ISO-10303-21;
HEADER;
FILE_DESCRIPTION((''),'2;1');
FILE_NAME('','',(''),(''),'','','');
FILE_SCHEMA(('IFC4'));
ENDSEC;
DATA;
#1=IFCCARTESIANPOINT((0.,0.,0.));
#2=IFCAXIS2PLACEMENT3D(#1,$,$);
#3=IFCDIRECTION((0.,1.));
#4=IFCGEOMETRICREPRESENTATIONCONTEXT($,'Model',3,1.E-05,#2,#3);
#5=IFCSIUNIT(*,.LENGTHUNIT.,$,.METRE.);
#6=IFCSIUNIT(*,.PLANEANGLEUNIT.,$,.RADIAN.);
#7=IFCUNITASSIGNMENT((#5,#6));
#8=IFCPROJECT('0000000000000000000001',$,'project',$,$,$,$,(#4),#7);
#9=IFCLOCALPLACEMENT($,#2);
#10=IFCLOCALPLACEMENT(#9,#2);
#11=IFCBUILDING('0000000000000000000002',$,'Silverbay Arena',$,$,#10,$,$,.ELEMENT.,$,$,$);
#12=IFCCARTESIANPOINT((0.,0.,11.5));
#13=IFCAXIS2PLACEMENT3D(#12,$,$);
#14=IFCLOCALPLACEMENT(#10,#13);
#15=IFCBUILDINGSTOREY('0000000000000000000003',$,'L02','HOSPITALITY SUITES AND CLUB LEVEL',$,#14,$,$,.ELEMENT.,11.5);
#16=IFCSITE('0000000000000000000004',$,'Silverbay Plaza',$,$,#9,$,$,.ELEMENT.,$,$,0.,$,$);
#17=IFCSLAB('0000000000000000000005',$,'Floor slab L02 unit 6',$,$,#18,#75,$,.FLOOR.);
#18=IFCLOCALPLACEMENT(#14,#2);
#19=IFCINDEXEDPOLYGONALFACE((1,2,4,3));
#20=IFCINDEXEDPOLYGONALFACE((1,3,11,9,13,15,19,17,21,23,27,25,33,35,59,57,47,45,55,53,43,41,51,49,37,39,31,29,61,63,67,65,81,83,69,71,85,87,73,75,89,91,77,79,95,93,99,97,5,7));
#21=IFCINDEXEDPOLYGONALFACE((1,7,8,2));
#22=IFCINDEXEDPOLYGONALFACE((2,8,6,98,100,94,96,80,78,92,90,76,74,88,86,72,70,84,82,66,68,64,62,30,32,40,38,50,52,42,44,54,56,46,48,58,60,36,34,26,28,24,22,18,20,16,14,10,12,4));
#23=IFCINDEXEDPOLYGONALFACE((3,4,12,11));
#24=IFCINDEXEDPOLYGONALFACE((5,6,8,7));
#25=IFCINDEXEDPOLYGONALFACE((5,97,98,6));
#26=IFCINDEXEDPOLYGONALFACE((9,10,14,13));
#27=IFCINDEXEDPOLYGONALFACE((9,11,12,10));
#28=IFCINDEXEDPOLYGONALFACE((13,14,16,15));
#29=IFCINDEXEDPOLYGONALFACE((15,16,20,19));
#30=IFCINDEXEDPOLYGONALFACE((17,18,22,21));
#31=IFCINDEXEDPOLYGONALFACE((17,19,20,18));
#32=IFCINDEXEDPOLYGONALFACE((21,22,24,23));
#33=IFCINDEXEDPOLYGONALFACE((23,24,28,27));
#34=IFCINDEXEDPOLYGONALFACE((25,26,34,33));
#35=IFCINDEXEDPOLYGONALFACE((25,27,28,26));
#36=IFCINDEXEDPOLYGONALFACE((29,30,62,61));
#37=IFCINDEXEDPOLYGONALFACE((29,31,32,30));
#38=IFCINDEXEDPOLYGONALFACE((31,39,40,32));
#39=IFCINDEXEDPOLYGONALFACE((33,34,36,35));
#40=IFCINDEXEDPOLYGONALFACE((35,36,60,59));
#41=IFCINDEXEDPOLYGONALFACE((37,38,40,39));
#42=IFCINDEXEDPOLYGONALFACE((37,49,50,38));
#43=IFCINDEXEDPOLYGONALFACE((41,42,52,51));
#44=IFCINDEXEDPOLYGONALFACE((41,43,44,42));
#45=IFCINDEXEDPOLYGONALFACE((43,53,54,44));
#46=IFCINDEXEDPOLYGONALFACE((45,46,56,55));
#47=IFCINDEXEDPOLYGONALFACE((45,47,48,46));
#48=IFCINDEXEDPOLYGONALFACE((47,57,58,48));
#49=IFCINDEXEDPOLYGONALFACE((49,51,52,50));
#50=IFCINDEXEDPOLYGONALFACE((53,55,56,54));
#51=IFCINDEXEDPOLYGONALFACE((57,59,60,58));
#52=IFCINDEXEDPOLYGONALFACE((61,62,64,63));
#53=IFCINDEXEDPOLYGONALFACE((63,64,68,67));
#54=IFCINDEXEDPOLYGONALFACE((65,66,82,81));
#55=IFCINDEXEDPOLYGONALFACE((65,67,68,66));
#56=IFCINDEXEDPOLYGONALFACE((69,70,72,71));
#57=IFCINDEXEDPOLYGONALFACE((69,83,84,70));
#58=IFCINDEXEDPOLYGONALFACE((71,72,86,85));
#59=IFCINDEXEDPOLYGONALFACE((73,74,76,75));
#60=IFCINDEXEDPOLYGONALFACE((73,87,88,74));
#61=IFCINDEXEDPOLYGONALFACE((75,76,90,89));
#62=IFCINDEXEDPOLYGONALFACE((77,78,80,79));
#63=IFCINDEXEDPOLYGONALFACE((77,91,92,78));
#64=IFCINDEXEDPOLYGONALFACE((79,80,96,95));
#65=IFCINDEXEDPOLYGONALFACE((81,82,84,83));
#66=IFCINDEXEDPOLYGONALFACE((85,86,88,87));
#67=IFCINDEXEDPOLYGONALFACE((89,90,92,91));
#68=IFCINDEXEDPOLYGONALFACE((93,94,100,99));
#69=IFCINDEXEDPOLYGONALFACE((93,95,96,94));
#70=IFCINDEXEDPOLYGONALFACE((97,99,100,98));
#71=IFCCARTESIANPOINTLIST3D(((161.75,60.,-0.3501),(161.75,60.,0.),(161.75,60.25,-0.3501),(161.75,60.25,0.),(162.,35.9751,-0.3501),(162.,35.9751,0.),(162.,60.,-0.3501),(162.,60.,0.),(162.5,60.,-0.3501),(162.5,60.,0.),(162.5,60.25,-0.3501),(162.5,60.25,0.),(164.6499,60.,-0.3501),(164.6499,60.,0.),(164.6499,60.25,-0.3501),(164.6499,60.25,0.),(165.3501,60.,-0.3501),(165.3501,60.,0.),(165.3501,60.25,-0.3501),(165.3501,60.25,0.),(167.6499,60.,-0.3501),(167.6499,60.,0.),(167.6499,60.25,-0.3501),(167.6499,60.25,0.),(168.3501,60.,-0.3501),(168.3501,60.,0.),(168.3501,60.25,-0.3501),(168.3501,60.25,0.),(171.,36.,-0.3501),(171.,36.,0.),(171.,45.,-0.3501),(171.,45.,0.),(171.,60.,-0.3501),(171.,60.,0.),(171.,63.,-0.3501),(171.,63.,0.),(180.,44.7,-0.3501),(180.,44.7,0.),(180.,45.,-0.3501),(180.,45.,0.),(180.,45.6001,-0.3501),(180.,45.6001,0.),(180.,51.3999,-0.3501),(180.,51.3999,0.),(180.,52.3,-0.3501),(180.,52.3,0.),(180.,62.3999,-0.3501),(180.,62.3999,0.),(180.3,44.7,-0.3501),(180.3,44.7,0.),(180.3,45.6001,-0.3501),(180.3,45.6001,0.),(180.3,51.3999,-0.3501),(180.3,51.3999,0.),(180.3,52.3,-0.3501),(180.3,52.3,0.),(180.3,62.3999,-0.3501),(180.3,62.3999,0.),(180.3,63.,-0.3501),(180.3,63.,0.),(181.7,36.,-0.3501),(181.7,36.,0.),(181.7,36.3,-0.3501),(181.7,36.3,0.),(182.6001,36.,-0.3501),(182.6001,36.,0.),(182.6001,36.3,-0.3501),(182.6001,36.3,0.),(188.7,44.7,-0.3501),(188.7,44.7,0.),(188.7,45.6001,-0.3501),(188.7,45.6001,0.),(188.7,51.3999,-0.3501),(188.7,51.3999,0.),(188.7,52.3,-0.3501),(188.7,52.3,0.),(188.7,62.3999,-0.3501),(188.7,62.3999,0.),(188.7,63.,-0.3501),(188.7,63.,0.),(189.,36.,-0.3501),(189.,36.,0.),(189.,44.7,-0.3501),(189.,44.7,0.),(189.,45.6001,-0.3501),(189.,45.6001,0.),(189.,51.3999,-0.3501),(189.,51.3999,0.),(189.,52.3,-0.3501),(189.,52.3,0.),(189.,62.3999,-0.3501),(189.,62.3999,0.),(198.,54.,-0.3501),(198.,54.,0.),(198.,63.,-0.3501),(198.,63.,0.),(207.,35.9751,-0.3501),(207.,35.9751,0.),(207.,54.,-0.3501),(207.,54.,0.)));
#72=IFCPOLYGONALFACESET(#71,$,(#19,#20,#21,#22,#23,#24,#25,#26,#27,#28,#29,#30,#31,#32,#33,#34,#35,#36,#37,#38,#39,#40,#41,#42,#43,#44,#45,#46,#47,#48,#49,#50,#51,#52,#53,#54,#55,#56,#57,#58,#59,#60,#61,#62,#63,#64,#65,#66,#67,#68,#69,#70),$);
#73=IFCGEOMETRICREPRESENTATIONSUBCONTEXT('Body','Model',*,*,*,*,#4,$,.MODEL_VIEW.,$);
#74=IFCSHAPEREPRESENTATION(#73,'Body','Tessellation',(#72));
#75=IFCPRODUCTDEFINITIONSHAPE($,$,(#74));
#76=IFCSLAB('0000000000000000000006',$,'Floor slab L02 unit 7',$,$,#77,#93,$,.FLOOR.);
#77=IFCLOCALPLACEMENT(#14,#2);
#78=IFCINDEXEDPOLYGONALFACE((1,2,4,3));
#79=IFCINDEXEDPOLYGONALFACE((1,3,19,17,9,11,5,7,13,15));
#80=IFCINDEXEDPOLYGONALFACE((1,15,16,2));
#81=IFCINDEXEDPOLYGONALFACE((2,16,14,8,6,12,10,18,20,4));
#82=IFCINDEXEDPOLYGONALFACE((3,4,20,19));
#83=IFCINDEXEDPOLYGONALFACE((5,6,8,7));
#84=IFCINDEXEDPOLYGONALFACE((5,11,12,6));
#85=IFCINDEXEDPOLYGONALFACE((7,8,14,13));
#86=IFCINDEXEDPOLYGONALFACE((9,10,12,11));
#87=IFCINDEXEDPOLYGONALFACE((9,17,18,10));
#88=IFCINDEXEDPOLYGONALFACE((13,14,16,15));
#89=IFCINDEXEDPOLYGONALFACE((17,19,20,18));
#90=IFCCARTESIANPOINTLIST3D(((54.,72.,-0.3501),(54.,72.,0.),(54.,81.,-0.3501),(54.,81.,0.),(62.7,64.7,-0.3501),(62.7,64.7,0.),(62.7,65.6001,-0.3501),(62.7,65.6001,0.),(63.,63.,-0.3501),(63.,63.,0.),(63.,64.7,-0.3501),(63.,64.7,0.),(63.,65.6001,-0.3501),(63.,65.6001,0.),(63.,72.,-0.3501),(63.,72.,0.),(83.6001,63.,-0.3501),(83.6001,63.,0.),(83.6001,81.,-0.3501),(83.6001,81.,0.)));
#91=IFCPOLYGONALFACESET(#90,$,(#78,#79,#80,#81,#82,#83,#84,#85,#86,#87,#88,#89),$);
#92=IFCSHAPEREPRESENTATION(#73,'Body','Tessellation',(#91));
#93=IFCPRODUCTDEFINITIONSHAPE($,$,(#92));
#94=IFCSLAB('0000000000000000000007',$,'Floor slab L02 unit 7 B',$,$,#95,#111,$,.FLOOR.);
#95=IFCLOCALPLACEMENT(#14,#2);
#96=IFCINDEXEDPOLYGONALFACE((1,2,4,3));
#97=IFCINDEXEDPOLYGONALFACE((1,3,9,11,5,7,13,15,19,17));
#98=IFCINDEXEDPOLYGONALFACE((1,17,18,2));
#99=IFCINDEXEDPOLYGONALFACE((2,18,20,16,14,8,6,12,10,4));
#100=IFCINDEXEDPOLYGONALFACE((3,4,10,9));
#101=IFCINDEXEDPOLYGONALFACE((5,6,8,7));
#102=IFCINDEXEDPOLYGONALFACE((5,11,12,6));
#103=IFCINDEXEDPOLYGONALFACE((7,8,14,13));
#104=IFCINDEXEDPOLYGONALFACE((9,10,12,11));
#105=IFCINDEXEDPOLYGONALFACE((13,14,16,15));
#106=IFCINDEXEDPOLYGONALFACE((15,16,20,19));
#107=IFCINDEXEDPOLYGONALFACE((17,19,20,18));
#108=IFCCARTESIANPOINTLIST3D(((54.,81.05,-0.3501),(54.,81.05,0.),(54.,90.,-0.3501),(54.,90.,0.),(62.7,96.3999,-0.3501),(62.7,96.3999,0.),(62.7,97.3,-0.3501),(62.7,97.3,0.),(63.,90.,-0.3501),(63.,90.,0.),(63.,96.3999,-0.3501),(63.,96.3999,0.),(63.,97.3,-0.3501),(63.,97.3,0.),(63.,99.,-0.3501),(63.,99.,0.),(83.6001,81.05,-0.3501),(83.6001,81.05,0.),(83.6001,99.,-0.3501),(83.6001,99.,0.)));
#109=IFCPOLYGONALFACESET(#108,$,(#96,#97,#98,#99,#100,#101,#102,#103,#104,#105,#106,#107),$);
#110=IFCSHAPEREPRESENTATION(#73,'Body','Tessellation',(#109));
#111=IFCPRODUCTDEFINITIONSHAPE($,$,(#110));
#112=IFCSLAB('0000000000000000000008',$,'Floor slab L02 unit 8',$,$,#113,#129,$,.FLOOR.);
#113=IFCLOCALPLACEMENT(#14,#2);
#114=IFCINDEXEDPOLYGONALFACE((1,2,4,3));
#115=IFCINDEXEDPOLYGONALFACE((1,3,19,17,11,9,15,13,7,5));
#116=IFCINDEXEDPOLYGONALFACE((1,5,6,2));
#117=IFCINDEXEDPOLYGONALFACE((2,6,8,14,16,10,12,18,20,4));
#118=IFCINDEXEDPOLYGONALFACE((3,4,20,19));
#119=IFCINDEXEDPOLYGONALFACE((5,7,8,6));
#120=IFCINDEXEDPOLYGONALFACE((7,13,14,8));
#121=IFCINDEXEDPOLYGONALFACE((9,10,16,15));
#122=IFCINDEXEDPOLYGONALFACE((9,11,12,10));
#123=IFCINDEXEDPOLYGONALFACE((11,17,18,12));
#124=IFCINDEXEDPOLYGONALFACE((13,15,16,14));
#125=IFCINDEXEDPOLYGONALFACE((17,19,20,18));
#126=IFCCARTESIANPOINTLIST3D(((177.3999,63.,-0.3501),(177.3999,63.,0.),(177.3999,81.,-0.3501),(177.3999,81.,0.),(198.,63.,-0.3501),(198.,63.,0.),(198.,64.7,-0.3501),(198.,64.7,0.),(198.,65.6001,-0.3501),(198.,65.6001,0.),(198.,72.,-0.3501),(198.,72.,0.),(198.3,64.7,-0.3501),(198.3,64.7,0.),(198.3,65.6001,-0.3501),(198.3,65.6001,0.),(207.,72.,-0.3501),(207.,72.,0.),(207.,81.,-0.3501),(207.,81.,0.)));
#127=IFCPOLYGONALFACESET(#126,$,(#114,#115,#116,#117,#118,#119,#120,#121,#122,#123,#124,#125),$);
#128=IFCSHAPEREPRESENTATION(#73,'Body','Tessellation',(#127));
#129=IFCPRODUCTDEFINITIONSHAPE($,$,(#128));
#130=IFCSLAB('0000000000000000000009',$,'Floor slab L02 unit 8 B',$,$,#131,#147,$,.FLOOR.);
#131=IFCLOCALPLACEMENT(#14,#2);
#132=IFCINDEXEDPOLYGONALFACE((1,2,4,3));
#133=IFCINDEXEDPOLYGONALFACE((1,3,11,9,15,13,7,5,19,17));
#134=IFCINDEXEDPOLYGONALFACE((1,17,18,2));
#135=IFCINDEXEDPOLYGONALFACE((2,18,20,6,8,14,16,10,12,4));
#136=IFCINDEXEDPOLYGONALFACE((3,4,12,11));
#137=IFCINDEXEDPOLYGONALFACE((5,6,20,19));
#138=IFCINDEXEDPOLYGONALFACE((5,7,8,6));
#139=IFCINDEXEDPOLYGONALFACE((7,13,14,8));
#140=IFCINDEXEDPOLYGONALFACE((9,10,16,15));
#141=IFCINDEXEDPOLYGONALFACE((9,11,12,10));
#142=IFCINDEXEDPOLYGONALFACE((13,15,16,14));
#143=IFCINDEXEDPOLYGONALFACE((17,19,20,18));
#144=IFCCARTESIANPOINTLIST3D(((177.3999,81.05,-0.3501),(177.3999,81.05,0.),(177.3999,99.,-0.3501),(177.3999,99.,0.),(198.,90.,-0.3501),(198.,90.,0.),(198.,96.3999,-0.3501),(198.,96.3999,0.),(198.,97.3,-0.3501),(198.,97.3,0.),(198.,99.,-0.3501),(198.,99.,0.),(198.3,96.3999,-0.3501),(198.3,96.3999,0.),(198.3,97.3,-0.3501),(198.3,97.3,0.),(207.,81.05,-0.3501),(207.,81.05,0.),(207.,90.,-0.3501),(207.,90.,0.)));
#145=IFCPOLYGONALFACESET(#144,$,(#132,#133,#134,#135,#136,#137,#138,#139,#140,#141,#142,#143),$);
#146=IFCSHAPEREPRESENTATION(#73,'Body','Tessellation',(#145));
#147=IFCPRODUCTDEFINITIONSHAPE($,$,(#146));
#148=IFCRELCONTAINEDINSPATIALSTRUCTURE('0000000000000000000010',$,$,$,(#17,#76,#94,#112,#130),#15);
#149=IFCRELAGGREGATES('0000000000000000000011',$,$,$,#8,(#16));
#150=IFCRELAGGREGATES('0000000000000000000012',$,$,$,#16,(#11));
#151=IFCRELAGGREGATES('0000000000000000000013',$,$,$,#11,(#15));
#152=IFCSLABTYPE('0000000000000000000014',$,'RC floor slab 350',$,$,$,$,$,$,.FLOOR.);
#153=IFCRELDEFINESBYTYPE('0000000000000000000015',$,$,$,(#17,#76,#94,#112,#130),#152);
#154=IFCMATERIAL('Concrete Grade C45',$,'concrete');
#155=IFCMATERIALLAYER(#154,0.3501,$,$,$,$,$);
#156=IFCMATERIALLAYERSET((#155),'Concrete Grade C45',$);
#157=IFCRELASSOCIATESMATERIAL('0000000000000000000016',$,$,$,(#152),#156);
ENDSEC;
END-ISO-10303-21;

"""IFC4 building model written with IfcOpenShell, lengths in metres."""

from ifc_helpers import new_model, si_unit, direction, frame, origin, place, context, subcontext, project, spatial, polyline, outline, extrude, material, layer, layer_set, type_object, element, save


model = new_model("IFC4")

# Units and contexts
model_context = context("Model", 3, precision=1e-05, world=origin(), true_north=direction((0.0, 1.0)))
body_context = subcontext(model_context, "Body", "Model", "MODEL_VIEW")
ifc_project = project(units=[si_unit("LENGTHUNIT", "METRE"), si_unit("PLANEANGLEUNIT", "RADIAN")], contexts=[model_context])

# Site, building, storey
site_placement = place(None, origin())
site = spatial("IfcSite", under=ifc_project, at=site_placement, Name="Silverbay Plaza", CompositionType="ELEMENT", RefElevation=0.0)
building_placement = place(site_placement, origin())
building = spatial("IfcBuilding", under=site, at=building_placement, Name="Silverbay Arena", CompositionType="ELEMENT")
storey_placement = place(building_placement, frame((0.0, 0.0, 11.5)))
storey = spatial("IfcBuildingStorey", under=building, at=storey_placement, Name="L02", Description="HOSPITALITY SUITES AND CLUB LEVEL", CompositionType="ELEMENT", Elevation=11.5)

# Slabs
ifc_material_1 = material(Name="Concrete Grade C45", Category="concrete")
ifc_layer_1 = layer(ifc_material_1, 0.3501)
ifc_layer_set_1 = layer_set([ifc_layer_1], Name="Concrete Grade C45")
slab_type_1 = type_object("IfcSlabType", Name="RC floor slab 350", PredefinedType="FLOOR", material=ifc_layer_set_1)
slab_1_placement = place(storey_placement, frame((0.0, 0.0, -0.3501)))
element("IfcSlab", 1, at=slab_1_placement, inside=storey, type_object=slab_type_1, Name="Floor slab L02 unit 6", PredefinedType="FLOOR", context=body_context, shape_type="SweptSolid", body=[
    extrude(outline(polyline([(180.3, 45.6001), (180.3, 44.7), (180.0, 44.7), (180.0, 45.0), (171.0, 45.0), (171.0, 36.0), (181.7, 36.0), (181.7, 36.3), (182.6001, 36.3), (182.6001, 36.0), (189.0, 36.0), (189.0, 44.7), (188.7, 44.7), (188.7, 45.6001), (189.0, 45.6001), (189.0, 51.3999), (188.7, 51.3999), (188.7, 52.3), (189.0, 52.3), (189.0, 62.3999), (188.7, 62.3999), (188.7, 63.0), (198.0, 63.0), (198.0, 54.0), (207.0, 54.0), (207.0, 35.9751), (162.0, 35.9751), (162.0, 60.0), (161.75, 60.0), (161.75, 60.25), (162.5, 60.25), (162.5, 60.0), (164.6499, 60.0), (164.6499, 60.25), (165.3501, 60.25), (165.3501, 60.0), (167.6499, 60.0), (167.6499, 60.25), (168.3501, 60.25), (168.3501, 60.0), (171.0, 60.0), (171.0, 63.0), (180.3, 63.0), (180.3, 62.3999), (180.0, 62.3999), (180.0, 52.3), (180.3, 52.3), (180.3, 51.3999), (180.0, 51.3999), (180.0, 45.6001), (180.3, 45.6001)])), origin(), (0.0, 0.0, 1.0), 0.3501),
])
slab_2_placement = place(storey_placement, frame((0.0, 0.0, -0.3501)))
element("IfcSlab", 2, at=slab_2_placement, inside=storey, type_object=slab_type_1, Name="Floor slab L02 unit 7", PredefinedType="FLOOR", context=body_context, shape_type="SweptSolid", body=[
    extrude(outline(polyline([(62.7, 65.6001), (63.0, 65.6001), (63.0, 72.0), (54.0, 72.0), (54.0, 81.0), (83.6001, 81.0), (83.6001, 63.0), (63.0, 63.0), (63.0, 64.7), (62.7, 64.7), (62.7, 65.6001)])), origin(), (0.0, 0.0, 1.0), 0.3501),
])
slab_3_placement = place(storey_placement, frame((0.0, 0.0, -0.3501)))
element("IfcSlab", 3, at=slab_3_placement, inside=storey, type_object=slab_type_1, Name="Floor slab L02 unit 7 B", PredefinedType="FLOOR", context=body_context, shape_type="SweptSolid", body=[
    extrude(outline(polyline([(54.0, 90.0), (63.0, 90.0), (63.0, 96.3999), (62.7, 96.3999), (62.7, 97.3), (63.0, 97.3), (63.0, 99.0), (83.6001, 99.0), (83.6001, 81.05), (54.0, 81.05), (54.0, 90.0)])), origin(), (0.0, 0.0, 1.0), 0.3501),
])
slab_4_placement = place(storey_placement, frame((0.0, 0.0, -0.3501)))
element("IfcSlab", 4, at=slab_4_placement, inside=storey, type_object=slab_type_1, Name="Floor slab L02 unit 8", PredefinedType="FLOOR", context=body_context, shape_type="SweptSolid", body=[
    extrude(outline(polyline([(198.3, 64.7), (198.0, 64.7), (198.0, 63.0), (177.3999, 63.0), (177.3999, 81.0), (207.0, 81.0), (207.0, 72.0), (198.0, 72.0), (198.0, 65.6001), (198.3, 65.6001), (198.3, 64.7)])), origin(), (0.0, 0.0, 1.0), 0.3501),
])
slab_5_placement = place(storey_placement, frame((0.0, 0.0, -0.3501)))
element("IfcSlab", 5, at=slab_5_placement, inside=storey, type_object=slab_type_1, Name="Floor slab L02 unit 8 B", PredefinedType="FLOOR", context=body_context, shape_type="SweptSolid", body=[
    extrude(outline(polyline([(177.3999, 99.0), (198.0, 99.0), (198.0, 97.3), (198.3, 97.3), (198.3, 96.3999), (198.0, 96.3999), (198.0, 90.0), (207.0, 90.0), (207.0, 81.05), (177.3999, 81.05), (177.3999, 99.0)])), origin(), (0.0, 0.0, 1.0), 0.3501),
])

save(model, "model.ifc")
